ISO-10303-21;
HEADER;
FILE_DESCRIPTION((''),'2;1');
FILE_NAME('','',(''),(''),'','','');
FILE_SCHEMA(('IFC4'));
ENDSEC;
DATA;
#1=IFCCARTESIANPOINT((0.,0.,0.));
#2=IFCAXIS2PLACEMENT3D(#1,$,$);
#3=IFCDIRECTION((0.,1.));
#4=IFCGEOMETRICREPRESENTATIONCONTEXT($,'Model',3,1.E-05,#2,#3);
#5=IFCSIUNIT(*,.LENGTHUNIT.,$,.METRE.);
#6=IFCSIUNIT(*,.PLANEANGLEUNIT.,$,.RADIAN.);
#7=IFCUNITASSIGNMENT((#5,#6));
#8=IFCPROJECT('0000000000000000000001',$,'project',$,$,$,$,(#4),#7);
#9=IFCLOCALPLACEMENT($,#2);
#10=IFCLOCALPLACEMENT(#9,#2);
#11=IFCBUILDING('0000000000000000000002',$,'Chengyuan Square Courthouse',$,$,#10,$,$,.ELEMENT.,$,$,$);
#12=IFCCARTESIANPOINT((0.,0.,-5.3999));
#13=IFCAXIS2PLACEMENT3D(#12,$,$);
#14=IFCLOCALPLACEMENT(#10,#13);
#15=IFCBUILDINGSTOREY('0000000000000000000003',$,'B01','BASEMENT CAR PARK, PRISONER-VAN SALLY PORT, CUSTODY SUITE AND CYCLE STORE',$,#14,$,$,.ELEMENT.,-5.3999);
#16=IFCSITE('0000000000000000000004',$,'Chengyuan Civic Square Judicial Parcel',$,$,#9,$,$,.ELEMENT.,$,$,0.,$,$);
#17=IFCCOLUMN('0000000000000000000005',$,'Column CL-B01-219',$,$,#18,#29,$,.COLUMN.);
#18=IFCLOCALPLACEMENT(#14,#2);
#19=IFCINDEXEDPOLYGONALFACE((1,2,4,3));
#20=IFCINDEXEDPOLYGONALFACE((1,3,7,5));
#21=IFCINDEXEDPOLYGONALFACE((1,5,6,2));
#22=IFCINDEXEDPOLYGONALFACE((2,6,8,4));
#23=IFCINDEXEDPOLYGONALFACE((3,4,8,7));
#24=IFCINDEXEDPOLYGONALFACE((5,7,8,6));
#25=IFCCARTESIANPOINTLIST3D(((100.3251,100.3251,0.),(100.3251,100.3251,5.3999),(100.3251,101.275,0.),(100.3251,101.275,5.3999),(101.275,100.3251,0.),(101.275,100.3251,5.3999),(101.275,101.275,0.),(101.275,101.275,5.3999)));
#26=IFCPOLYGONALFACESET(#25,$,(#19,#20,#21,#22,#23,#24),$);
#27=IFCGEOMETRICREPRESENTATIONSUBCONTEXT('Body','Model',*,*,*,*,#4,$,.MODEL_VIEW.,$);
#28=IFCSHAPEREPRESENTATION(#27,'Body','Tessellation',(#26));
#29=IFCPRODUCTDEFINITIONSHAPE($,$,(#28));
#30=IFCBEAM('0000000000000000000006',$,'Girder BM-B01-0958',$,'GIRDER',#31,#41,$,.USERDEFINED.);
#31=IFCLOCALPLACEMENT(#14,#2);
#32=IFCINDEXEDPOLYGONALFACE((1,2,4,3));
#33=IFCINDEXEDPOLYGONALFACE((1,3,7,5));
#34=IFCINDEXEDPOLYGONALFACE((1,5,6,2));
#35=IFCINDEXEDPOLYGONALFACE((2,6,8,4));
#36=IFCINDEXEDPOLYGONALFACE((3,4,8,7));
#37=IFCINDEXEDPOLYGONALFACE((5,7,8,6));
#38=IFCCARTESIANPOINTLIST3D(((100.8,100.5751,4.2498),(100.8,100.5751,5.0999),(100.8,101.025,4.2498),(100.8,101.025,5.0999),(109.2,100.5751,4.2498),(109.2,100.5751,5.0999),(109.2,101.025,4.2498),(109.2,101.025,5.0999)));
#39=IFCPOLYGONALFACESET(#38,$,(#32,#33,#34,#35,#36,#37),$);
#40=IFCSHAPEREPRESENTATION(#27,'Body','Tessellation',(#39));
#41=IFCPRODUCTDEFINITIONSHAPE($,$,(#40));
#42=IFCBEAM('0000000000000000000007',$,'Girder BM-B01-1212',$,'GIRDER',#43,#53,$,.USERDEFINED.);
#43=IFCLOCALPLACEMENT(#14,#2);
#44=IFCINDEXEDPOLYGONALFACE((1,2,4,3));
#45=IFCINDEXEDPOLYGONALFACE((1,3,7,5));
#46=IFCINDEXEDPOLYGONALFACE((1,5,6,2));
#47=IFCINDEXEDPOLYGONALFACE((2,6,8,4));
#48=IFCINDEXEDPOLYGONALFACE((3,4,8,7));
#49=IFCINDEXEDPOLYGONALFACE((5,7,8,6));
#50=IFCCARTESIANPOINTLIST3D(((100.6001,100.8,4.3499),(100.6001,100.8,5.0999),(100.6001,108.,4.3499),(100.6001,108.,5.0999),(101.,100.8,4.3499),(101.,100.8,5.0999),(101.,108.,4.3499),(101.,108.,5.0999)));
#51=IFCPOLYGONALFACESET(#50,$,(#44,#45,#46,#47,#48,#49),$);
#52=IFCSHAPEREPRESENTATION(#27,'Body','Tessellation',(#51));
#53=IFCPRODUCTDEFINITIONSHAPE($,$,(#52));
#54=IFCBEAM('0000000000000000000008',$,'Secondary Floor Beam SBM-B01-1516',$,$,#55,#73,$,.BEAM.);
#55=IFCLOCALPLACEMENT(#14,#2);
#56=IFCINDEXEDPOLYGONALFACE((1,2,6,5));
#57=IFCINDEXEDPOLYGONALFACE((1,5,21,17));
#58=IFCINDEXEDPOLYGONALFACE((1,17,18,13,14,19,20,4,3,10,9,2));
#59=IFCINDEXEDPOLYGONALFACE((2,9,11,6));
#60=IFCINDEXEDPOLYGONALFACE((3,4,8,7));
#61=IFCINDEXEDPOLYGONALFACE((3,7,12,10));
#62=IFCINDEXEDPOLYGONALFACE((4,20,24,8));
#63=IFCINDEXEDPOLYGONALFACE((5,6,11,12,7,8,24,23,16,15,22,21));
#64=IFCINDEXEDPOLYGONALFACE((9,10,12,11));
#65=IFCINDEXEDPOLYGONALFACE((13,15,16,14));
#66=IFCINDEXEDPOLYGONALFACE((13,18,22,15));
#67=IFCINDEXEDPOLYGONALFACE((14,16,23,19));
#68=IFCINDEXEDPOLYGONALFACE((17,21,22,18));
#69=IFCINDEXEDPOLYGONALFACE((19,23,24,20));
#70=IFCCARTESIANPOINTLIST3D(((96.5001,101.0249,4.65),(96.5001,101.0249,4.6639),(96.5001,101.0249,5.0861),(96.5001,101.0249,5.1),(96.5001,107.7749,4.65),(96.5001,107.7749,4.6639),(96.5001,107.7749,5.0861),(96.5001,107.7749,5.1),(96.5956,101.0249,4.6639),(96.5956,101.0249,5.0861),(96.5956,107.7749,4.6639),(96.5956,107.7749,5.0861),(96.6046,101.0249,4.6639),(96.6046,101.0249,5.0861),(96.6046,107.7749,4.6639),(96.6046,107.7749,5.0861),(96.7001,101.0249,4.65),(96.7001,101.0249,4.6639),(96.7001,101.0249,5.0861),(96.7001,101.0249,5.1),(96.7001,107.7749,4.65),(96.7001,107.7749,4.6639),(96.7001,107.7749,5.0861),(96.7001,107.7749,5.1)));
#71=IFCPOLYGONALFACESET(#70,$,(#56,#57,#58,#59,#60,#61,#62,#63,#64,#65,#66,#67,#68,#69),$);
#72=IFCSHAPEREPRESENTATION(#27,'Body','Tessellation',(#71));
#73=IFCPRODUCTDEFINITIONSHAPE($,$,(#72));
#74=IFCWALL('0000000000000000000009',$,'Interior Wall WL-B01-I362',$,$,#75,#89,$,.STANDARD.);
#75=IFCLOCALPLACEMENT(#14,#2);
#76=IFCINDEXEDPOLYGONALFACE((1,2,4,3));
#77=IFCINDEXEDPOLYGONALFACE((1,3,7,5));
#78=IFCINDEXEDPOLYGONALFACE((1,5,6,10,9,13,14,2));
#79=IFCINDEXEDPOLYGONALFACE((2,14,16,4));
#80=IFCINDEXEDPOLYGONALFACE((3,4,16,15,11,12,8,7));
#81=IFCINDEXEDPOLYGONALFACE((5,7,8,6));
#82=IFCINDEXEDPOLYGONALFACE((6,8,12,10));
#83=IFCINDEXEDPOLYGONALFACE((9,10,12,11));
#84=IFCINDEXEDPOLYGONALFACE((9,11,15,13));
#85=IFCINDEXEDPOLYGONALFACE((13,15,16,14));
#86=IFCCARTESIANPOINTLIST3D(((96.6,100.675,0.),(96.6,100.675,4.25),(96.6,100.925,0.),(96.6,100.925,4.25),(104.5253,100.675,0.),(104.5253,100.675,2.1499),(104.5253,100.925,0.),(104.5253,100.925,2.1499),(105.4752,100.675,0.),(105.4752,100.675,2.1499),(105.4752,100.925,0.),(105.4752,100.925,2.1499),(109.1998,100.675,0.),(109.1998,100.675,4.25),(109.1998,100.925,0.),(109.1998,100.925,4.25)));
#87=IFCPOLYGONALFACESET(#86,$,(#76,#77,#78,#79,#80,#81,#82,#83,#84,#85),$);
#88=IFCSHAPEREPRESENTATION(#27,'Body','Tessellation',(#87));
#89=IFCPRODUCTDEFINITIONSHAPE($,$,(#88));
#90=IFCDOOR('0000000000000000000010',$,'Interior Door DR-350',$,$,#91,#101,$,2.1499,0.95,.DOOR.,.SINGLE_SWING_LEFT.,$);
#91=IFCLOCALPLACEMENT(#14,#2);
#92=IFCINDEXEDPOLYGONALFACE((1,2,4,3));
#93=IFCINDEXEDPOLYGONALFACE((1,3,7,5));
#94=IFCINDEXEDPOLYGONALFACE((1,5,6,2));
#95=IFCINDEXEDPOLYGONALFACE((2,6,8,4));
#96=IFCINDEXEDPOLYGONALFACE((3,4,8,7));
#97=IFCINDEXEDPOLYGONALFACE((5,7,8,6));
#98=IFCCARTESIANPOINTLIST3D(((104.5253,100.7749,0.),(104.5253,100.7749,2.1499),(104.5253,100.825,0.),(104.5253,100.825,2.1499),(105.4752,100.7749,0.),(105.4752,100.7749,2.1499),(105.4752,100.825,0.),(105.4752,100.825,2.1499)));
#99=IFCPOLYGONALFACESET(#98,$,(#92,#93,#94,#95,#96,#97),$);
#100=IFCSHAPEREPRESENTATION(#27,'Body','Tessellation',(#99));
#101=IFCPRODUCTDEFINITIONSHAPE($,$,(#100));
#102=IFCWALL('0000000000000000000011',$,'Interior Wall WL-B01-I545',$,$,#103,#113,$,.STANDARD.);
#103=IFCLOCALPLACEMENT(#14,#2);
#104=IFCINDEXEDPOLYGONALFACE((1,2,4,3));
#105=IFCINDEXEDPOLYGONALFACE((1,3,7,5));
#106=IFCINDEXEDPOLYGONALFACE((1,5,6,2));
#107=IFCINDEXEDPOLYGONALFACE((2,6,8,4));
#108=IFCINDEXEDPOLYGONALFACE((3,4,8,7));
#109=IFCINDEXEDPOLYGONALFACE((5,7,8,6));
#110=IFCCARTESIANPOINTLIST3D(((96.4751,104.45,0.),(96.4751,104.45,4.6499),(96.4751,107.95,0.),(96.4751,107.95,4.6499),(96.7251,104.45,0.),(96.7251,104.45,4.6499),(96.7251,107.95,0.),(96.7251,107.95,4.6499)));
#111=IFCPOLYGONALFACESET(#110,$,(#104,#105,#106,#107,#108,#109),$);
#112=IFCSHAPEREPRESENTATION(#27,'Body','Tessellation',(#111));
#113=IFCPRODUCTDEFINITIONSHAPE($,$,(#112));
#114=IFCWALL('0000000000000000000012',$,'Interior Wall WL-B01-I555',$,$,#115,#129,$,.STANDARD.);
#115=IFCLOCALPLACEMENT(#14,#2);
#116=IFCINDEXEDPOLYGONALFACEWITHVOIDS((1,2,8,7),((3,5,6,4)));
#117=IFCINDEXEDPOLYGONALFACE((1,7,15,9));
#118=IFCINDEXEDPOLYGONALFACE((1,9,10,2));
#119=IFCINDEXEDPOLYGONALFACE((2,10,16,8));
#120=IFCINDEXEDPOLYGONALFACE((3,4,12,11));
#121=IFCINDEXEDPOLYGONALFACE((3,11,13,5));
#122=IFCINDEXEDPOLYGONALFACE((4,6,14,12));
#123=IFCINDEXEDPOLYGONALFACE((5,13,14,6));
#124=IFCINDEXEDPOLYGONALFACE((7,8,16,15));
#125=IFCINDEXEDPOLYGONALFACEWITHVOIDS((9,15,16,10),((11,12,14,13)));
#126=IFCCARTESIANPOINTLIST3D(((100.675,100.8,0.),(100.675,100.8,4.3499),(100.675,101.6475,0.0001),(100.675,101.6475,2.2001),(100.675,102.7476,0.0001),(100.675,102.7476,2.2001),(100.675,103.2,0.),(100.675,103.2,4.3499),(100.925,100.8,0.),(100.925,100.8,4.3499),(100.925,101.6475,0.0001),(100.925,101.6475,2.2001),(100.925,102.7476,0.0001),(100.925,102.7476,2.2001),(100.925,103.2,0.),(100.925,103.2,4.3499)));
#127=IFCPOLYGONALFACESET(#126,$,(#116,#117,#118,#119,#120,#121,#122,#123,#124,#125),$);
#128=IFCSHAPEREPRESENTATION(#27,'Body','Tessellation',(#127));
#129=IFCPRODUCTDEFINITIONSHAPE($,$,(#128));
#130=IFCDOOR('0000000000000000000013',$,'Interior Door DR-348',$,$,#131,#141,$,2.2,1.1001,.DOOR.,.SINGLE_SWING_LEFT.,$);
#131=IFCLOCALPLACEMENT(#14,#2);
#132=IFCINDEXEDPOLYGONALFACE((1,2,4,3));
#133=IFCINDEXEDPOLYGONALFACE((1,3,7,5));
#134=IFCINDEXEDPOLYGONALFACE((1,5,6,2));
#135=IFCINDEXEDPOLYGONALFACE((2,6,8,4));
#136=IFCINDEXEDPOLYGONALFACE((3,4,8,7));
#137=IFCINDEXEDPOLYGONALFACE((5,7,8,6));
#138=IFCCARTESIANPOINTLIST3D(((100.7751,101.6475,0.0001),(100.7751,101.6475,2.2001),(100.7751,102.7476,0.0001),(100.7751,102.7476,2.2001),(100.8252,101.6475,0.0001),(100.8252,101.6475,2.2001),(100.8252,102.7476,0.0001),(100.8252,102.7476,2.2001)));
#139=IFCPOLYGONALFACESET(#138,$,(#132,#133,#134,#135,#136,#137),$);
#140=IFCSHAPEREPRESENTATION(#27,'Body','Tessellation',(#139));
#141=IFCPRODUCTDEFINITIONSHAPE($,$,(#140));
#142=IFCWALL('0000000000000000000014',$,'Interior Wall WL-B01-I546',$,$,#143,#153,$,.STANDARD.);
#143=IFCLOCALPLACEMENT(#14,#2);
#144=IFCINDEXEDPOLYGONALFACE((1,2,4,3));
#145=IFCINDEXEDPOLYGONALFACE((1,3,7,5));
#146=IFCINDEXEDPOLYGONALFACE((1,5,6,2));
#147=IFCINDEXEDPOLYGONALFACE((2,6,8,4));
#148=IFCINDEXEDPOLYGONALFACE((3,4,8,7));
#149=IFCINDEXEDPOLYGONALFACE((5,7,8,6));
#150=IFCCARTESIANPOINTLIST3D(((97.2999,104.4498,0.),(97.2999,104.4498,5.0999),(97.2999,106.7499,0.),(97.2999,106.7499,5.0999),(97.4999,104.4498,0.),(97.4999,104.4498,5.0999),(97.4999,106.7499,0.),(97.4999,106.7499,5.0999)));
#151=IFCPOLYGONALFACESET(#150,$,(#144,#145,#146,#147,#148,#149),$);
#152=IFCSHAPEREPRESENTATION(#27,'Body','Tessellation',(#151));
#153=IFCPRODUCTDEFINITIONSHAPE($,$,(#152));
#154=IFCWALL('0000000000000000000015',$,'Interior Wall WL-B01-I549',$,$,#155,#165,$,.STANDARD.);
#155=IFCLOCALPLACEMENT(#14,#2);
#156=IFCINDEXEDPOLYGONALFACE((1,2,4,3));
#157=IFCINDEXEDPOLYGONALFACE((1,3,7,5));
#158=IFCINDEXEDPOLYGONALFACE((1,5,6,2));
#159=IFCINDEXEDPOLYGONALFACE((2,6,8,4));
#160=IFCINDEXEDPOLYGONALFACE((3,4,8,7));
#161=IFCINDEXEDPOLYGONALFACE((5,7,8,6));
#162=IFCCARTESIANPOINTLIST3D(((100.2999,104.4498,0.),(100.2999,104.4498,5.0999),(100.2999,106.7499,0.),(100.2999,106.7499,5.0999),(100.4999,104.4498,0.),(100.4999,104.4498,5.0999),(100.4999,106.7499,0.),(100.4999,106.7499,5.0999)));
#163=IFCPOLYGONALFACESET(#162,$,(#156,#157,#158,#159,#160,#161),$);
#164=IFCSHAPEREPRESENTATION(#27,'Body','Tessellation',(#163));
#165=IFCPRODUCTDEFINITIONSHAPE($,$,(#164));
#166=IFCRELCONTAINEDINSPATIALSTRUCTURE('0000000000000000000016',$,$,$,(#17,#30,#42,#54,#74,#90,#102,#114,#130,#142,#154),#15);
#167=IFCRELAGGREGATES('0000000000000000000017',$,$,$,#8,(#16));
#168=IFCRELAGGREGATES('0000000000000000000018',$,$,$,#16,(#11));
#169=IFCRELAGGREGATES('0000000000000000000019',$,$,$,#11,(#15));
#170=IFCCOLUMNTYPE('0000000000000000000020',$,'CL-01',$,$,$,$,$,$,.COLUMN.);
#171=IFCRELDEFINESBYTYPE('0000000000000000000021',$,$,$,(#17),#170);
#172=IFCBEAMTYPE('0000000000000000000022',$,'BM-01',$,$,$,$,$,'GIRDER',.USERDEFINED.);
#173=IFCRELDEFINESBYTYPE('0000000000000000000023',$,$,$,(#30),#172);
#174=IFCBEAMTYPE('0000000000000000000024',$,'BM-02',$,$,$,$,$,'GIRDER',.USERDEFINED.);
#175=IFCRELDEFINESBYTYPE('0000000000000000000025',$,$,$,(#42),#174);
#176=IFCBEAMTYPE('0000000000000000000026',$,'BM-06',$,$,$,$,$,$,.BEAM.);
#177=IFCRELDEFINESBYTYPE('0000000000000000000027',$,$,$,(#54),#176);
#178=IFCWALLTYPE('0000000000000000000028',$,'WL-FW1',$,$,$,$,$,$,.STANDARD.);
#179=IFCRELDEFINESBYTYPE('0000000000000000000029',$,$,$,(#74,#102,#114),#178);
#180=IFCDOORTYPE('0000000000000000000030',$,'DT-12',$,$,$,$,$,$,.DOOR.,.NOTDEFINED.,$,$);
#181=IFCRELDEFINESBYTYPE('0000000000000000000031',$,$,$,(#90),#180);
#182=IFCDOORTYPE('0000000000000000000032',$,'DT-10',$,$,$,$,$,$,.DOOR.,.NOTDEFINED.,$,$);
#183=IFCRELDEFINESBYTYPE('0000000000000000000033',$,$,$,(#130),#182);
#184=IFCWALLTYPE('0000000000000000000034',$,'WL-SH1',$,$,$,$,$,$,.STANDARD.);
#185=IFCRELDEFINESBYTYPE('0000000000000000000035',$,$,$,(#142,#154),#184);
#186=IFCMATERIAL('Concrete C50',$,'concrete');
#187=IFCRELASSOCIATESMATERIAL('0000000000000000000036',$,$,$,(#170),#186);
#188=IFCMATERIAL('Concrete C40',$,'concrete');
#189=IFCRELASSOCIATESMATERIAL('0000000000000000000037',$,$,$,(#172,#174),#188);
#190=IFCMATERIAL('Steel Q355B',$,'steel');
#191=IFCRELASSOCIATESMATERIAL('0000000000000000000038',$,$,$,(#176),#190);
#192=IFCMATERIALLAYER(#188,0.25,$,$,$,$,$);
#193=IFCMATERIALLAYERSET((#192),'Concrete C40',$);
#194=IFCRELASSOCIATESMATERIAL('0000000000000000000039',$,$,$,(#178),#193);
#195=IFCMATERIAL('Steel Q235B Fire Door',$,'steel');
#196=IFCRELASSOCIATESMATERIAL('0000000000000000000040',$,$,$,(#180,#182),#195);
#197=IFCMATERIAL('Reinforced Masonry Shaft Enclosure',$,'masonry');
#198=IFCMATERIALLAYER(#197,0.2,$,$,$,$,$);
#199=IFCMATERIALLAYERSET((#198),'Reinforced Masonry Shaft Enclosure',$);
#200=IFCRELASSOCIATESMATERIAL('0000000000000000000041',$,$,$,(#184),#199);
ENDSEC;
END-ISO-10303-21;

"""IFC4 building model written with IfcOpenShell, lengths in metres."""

from ifc_helpers import new_model, si_unit, direction, frame, frame_2d, origin, origin_2d, place, context, subcontext, project, spatial, rectangle, i_section, extrude, material, layer, layer_set, material_profile, profile_set, type_object, element, fill, save


model = new_model("IFC4")

# Units and contexts
model_context = context("Model", 3, precision=1e-05, world=origin(), true_north=direction((0.0, 1.0)))
body_context = subcontext(model_context, "Body", "Model", "MODEL_VIEW")
ifc_project = project(units=[si_unit("LENGTHUNIT", "METRE"), si_unit("PLANEANGLEUNIT", "RADIAN")], contexts=[model_context])

# Site, building, storey
site_placement = place(None, origin())
site = spatial("IfcSite", under=ifc_project, at=site_placement, Name="Chengyuan Civic Square Judicial Parcel", CompositionType="ELEMENT", RefElevation=0.0)
building_placement = place(site_placement, origin())
building = spatial("IfcBuilding", under=site, at=building_placement, Name="Chengyuan Square Courthouse", CompositionType="ELEMENT")
storey_placement = place(building_placement, frame((0.0, 0.0, -5.3999)))
storey = spatial("IfcBuildingStorey", under=building, at=storey_placement, Name="B01", Description="BASEMENT CAR PARK, PRISONER-VAN SALLY PORT, CUSTODY SUITE AND CYCLE STORE", CompositionType="ELEMENT", Elevation=-5.3999)

# Column
ifc_material_1 = material(Name="Concrete C50", Category="concrete")
ifc_material_profile_1 = material_profile(ifc_material_1, rectangle(XDim=0.95, YDim=0.95, at=origin_2d()), Name="RC-COL-950x950")
ifc_profile_set_1 = profile_set([ifc_material_profile_1], Name="Concrete C50")
column_type = type_object("IfcColumnType", Name="CL-01", PredefinedType="COLUMN", material=ifc_profile_set_1)
column_placement = place(storey_placement, frame((100.8, 100.8, 0.0), z_axis=(0.0, 0.0, 1.0), x_axis=(1.0, 0.0, 0.0)))
element("IfcColumn", 1, at=column_placement, inside=storey, type_object=column_type, Name="Column CL-B01-219", PredefinedType="COLUMN", context=body_context, shape_type="SweptSolid", body=[
    extrude(rectangle(XDim=0.95, YDim=0.95, at=origin_2d()), origin(), (0.0, 0.0, 1.0), 5.3999),
])

# Beams
ifc_material_2 = material(Name="Concrete C40", Category="concrete")
ifc_material_profile_2 = material_profile(ifc_material_2, rectangle(XDim=0.45, YDim=0.8501, at=origin_2d()), Name="RC-BM-450x850")
ifc_profile_set_2 = profile_set([ifc_material_profile_2], Name="Concrete C40")
beam_type_1 = type_object("IfcBeamType", Name="BM-01", ElementType="GIRDER", PredefinedType="USERDEFINED", material=ifc_profile_set_2)
beam_1_placement = place(storey_placement, frame((100.8, 100.8, 4.6748), z_axis=(1.0, 0.0, 0.0), x_axis=(0.0, 1.0, 0.0)))
element("IfcBeam", 2, at=beam_1_placement, inside=storey, type_object=beam_type_1, Name="Girder BM-B01-0958", ObjectType="GIRDER", PredefinedType="USERDEFINED", context=body_context, shape_type="SweptSolid", body=[
    extrude(rectangle(XDim=0.45, YDim=0.8501, at=origin_2d()), origin(), (0.0, 0.0, 1.0), 8.3999),
])
ifc_material_profile_3 = material_profile(ifc_material_2, rectangle(XDim=0.3999, YDim=0.75, at=origin_2d()), Name="RC-BM-400x750")
ifc_profile_set_3 = profile_set([ifc_material_profile_3], Name="Concrete C40")
beam_type_2 = type_object("IfcBeamType", Name="BM-02", ElementType="GIRDER", PredefinedType="USERDEFINED", material=ifc_profile_set_3)
beam_2_placement = place(storey_placement, frame((100.8, 100.8, 4.7249), z_axis=(0.0, 1.0, 0.0), x_axis=(-1.0, 0.0, 0.0)))
element("IfcBeam", 3, at=beam_2_placement, inside=storey, type_object=beam_type_2, Name="Girder BM-B01-1212", ObjectType="GIRDER", PredefinedType="USERDEFINED", context=body_context, shape_type="SweptSolid", body=[
    extrude(rectangle(XDim=0.3999, YDim=0.75, at=origin_2d()), origin(), (0.0, 0.0, 1.0), 7.2),
])
ifc_material_3 = material(Name="Steel Q355B", Category="steel")
ifc_material_profile_4 = material_profile(ifc_material_3, i_section(OverallWidth=0.2, OverallDepth=0.45, WebThickness=0.009, FlangeThickness=0.0139, at=origin_2d()), Name="HN 450x200x9x14")
ifc_profile_set_4 = profile_set([ifc_material_profile_4], Name="Steel Q355B")
beam_type_3 = type_object("IfcBeamType", Name="BM-06", PredefinedType="BEAM", material=ifc_profile_set_4)
beam_3_placement = place(storey_placement, frame((96.6001, 101.0249, 4.875), z_axis=(0.0, 1.0, 0.0), x_axis=(-1.0, 0.0, 0.0)))
element("IfcBeam", 4, at=beam_3_placement, inside=storey, type_object=beam_type_3, Name="Secondary Floor Beam SBM-B01-1516", PredefinedType="BEAM", context=body_context, shape_type="SweptSolid", body=[
    extrude(i_section(OverallWidth=0.2, OverallDepth=0.45, WebThickness=0.009, FlangeThickness=0.0139, at=origin_2d()), origin(), (0.0, 0.0, 1.0), 6.75),
])

# Wall, opening, door
ifc_layer_1 = layer(ifc_material_2, 0.25)
ifc_layer_set_1 = layer_set([ifc_layer_1], Name="Concrete C40")
wall_type_1 = type_object("IfcWallType", Name="WL-FW1", PredefinedType="STANDARD", material=ifc_layer_set_1)
wall_1_placement = place(storey_placement, frame((96.6001, 100.8, 0.0), z_axis=(0.0, 0.0, 1.0), x_axis=(1.0, 0.0, 0.0)))
wall_1 = element("IfcWall", 5, at=wall_1_placement, inside=storey, type_object=wall_type_1, Name="Interior Wall WL-B01-I362", PredefinedType="STANDARD", context=body_context, shape_type="SweptSolid", body=[
    extrude(rectangle(XDim=12.5999, YDim=0.25, at=frame_2d((6.2998, 0.0))), origin(), (0.0, 0.0, 1.0), 4.25),
])
opening_1_placement = place(wall_1_placement, frame((7.925, 0.0, 0.0)))
opening_1 = element("IfcOpeningElement", 6, at=opening_1_placement, cuts=wall_1, PredefinedType="OPENING", context=body_context, shape_type="SweptSolid", body=[
    extrude(rectangle(XDim=0.95, YDim=2.1499, at=frame_2d((0.4751, 1.075))), frame((0.0, 0.137, 0.0), z_axis=(0.0, -1.0, 0.0), x_axis=(1.0, 0.0, 0.0)), (0.0, 0.0, 1.0), 0.2739),
])
ifc_material_4 = material(Name="Steel Q235B Fire Door", Category="steel")
door_type_1 = type_object("IfcDoorType", Name="DT-12", OperationType="NOTDEFINED", PredefinedType="DOOR", material=ifc_material_4)
door_1_placement = place(opening_1_placement, origin())
door_1 = element("IfcDoor", 7, at=door_1_placement, inside=storey, type_object=door_type_1, Name="Interior Door DR-350", OperationType="SINGLE_SWING_LEFT", OverallHeight=2.1499, OverallWidth=0.95, PredefinedType="DOOR", context=body_context, shape_type="SweptSolid", body=[
    extrude(rectangle(XDim=0.95, YDim=2.1499, at=frame_2d((0.4751, 1.075))), frame((0.0, 0.0249, 0.0), z_axis=(0.0, -1.0, 0.0), x_axis=(1.0, 0.0, 0.0)), (0.0, 0.0, 1.0), 0.05),
])
fill(opening_1, door_1)

# Wall
wall_2_placement = place(storey_placement, frame((96.6001, 104.45, 0.0), z_axis=(0.0, 0.0, 1.0), x_axis=(0.0, 1.0, 0.0)))
element("IfcWall", 8, at=wall_2_placement, inside=storey, type_object=wall_type_1, Name="Interior Wall WL-B01-I545", PredefinedType="STANDARD", context=body_context, shape_type="SweptSolid", body=[
    extrude(rectangle(XDim=3.5, YDim=0.25, at=frame_2d((1.75, 0.0))), origin(), (0.0, 0.0, 1.0), 4.6499),
])

# Wall, opening, door
wall_3_placement = place(storey_placement, frame((100.8, 100.8, 0.0), z_axis=(0.0, 0.0, 1.0), x_axis=(0.0, 1.0, 0.0)))
wall_3 = element("IfcWall", 9, at=wall_3_placement, inside=storey, type_object=wall_type_1, Name="Interior Wall WL-B01-I555", PredefinedType="STANDARD", context=body_context, shape_type="SweptSolid", body=[
    extrude(rectangle(XDim=2.3999, YDim=0.25, at=frame_2d((1.2, 0.0))), origin(), (0.0, 0.0, 1.0), 4.3499),
])
opening_2_placement = place(wall_3_placement, frame((0.8474, 0.0, 0.0)))
opening_2 = element("IfcOpeningElement", 10, at=opening_2_placement, cuts=wall_3, PredefinedType="OPENING", context=body_context, shape_type="SweptSolid", body=[
    extrude(rectangle(XDim=1.1001, YDim=2.2, at=frame_2d((0.55, 1.1001))), frame((0.0, 0.137, 0.0), z_axis=(0.0, -1.0, 0.0), x_axis=(1.0, 0.0, 0.0)), (0.0, 0.0, 1.0), 0.2739),
])
door_type_2 = type_object("IfcDoorType", Name="DT-10", OperationType="NOTDEFINED", PredefinedType="DOOR", material=ifc_material_4)
door_2_placement = place(opening_2_placement, origin())
door_2 = element("IfcDoor", 11, at=door_2_placement, inside=storey, type_object=door_type_2, Name="Interior Door DR-348", OperationType="SINGLE_SWING_LEFT", OverallHeight=2.2, OverallWidth=1.1001, PredefinedType="DOOR", context=body_context, shape_type="SweptSolid", body=[
    extrude(rectangle(XDim=1.1001, YDim=2.2, at=frame_2d((0.55, 1.1001))), frame((0.0, 0.0249, 0.0), z_axis=(0.0, -1.0, 0.0), x_axis=(1.0, 0.0, 0.0)), (0.0, 0.0, 1.0), 0.05),
])
fill(opening_2, door_2)
ifc_material_5 = material(Name="Reinforced Masonry Shaft Enclosure", Category="masonry")
ifc_layer_2 = layer(ifc_material_5, 0.2)
ifc_layer_set_2 = layer_set([ifc_layer_2], Name="Reinforced Masonry Shaft Enclosure")
wall_type_2 = type_object("IfcWallType", Name="WL-SH1", PredefinedType="STANDARD", material=ifc_layer_set_2)

# Walls
for number, where, z_axis, x_axis, name in (
    (12, (97.3999, 104.45, 0.0), (0.0, 0.0, 1.0), (0.0, 1.0, 0.0), "Interior Wall WL-B01-I546"),
    (13, (100.3999, 104.45, 0.0), (0.0, 0.0, 1.0), (0.0, 1.0, 0.0), "Interior Wall WL-B01-I549"),
):
    element("IfcWall", number, at=place(storey_placement, frame(where, z_axis=z_axis, x_axis=x_axis)), inside=storey, type_object=wall_type_2, Name=name, PredefinedType="STANDARD", context=body_context, shape_type="SweptSolid", body=[
        extrude(rectangle(XDim=2.3, YDim=0.2, at=frame_2d((1.1499, 0.0))), origin(), (0.0, 0.0, 1.0), 5.0999),
    ])

save(model, "model.ifc")
